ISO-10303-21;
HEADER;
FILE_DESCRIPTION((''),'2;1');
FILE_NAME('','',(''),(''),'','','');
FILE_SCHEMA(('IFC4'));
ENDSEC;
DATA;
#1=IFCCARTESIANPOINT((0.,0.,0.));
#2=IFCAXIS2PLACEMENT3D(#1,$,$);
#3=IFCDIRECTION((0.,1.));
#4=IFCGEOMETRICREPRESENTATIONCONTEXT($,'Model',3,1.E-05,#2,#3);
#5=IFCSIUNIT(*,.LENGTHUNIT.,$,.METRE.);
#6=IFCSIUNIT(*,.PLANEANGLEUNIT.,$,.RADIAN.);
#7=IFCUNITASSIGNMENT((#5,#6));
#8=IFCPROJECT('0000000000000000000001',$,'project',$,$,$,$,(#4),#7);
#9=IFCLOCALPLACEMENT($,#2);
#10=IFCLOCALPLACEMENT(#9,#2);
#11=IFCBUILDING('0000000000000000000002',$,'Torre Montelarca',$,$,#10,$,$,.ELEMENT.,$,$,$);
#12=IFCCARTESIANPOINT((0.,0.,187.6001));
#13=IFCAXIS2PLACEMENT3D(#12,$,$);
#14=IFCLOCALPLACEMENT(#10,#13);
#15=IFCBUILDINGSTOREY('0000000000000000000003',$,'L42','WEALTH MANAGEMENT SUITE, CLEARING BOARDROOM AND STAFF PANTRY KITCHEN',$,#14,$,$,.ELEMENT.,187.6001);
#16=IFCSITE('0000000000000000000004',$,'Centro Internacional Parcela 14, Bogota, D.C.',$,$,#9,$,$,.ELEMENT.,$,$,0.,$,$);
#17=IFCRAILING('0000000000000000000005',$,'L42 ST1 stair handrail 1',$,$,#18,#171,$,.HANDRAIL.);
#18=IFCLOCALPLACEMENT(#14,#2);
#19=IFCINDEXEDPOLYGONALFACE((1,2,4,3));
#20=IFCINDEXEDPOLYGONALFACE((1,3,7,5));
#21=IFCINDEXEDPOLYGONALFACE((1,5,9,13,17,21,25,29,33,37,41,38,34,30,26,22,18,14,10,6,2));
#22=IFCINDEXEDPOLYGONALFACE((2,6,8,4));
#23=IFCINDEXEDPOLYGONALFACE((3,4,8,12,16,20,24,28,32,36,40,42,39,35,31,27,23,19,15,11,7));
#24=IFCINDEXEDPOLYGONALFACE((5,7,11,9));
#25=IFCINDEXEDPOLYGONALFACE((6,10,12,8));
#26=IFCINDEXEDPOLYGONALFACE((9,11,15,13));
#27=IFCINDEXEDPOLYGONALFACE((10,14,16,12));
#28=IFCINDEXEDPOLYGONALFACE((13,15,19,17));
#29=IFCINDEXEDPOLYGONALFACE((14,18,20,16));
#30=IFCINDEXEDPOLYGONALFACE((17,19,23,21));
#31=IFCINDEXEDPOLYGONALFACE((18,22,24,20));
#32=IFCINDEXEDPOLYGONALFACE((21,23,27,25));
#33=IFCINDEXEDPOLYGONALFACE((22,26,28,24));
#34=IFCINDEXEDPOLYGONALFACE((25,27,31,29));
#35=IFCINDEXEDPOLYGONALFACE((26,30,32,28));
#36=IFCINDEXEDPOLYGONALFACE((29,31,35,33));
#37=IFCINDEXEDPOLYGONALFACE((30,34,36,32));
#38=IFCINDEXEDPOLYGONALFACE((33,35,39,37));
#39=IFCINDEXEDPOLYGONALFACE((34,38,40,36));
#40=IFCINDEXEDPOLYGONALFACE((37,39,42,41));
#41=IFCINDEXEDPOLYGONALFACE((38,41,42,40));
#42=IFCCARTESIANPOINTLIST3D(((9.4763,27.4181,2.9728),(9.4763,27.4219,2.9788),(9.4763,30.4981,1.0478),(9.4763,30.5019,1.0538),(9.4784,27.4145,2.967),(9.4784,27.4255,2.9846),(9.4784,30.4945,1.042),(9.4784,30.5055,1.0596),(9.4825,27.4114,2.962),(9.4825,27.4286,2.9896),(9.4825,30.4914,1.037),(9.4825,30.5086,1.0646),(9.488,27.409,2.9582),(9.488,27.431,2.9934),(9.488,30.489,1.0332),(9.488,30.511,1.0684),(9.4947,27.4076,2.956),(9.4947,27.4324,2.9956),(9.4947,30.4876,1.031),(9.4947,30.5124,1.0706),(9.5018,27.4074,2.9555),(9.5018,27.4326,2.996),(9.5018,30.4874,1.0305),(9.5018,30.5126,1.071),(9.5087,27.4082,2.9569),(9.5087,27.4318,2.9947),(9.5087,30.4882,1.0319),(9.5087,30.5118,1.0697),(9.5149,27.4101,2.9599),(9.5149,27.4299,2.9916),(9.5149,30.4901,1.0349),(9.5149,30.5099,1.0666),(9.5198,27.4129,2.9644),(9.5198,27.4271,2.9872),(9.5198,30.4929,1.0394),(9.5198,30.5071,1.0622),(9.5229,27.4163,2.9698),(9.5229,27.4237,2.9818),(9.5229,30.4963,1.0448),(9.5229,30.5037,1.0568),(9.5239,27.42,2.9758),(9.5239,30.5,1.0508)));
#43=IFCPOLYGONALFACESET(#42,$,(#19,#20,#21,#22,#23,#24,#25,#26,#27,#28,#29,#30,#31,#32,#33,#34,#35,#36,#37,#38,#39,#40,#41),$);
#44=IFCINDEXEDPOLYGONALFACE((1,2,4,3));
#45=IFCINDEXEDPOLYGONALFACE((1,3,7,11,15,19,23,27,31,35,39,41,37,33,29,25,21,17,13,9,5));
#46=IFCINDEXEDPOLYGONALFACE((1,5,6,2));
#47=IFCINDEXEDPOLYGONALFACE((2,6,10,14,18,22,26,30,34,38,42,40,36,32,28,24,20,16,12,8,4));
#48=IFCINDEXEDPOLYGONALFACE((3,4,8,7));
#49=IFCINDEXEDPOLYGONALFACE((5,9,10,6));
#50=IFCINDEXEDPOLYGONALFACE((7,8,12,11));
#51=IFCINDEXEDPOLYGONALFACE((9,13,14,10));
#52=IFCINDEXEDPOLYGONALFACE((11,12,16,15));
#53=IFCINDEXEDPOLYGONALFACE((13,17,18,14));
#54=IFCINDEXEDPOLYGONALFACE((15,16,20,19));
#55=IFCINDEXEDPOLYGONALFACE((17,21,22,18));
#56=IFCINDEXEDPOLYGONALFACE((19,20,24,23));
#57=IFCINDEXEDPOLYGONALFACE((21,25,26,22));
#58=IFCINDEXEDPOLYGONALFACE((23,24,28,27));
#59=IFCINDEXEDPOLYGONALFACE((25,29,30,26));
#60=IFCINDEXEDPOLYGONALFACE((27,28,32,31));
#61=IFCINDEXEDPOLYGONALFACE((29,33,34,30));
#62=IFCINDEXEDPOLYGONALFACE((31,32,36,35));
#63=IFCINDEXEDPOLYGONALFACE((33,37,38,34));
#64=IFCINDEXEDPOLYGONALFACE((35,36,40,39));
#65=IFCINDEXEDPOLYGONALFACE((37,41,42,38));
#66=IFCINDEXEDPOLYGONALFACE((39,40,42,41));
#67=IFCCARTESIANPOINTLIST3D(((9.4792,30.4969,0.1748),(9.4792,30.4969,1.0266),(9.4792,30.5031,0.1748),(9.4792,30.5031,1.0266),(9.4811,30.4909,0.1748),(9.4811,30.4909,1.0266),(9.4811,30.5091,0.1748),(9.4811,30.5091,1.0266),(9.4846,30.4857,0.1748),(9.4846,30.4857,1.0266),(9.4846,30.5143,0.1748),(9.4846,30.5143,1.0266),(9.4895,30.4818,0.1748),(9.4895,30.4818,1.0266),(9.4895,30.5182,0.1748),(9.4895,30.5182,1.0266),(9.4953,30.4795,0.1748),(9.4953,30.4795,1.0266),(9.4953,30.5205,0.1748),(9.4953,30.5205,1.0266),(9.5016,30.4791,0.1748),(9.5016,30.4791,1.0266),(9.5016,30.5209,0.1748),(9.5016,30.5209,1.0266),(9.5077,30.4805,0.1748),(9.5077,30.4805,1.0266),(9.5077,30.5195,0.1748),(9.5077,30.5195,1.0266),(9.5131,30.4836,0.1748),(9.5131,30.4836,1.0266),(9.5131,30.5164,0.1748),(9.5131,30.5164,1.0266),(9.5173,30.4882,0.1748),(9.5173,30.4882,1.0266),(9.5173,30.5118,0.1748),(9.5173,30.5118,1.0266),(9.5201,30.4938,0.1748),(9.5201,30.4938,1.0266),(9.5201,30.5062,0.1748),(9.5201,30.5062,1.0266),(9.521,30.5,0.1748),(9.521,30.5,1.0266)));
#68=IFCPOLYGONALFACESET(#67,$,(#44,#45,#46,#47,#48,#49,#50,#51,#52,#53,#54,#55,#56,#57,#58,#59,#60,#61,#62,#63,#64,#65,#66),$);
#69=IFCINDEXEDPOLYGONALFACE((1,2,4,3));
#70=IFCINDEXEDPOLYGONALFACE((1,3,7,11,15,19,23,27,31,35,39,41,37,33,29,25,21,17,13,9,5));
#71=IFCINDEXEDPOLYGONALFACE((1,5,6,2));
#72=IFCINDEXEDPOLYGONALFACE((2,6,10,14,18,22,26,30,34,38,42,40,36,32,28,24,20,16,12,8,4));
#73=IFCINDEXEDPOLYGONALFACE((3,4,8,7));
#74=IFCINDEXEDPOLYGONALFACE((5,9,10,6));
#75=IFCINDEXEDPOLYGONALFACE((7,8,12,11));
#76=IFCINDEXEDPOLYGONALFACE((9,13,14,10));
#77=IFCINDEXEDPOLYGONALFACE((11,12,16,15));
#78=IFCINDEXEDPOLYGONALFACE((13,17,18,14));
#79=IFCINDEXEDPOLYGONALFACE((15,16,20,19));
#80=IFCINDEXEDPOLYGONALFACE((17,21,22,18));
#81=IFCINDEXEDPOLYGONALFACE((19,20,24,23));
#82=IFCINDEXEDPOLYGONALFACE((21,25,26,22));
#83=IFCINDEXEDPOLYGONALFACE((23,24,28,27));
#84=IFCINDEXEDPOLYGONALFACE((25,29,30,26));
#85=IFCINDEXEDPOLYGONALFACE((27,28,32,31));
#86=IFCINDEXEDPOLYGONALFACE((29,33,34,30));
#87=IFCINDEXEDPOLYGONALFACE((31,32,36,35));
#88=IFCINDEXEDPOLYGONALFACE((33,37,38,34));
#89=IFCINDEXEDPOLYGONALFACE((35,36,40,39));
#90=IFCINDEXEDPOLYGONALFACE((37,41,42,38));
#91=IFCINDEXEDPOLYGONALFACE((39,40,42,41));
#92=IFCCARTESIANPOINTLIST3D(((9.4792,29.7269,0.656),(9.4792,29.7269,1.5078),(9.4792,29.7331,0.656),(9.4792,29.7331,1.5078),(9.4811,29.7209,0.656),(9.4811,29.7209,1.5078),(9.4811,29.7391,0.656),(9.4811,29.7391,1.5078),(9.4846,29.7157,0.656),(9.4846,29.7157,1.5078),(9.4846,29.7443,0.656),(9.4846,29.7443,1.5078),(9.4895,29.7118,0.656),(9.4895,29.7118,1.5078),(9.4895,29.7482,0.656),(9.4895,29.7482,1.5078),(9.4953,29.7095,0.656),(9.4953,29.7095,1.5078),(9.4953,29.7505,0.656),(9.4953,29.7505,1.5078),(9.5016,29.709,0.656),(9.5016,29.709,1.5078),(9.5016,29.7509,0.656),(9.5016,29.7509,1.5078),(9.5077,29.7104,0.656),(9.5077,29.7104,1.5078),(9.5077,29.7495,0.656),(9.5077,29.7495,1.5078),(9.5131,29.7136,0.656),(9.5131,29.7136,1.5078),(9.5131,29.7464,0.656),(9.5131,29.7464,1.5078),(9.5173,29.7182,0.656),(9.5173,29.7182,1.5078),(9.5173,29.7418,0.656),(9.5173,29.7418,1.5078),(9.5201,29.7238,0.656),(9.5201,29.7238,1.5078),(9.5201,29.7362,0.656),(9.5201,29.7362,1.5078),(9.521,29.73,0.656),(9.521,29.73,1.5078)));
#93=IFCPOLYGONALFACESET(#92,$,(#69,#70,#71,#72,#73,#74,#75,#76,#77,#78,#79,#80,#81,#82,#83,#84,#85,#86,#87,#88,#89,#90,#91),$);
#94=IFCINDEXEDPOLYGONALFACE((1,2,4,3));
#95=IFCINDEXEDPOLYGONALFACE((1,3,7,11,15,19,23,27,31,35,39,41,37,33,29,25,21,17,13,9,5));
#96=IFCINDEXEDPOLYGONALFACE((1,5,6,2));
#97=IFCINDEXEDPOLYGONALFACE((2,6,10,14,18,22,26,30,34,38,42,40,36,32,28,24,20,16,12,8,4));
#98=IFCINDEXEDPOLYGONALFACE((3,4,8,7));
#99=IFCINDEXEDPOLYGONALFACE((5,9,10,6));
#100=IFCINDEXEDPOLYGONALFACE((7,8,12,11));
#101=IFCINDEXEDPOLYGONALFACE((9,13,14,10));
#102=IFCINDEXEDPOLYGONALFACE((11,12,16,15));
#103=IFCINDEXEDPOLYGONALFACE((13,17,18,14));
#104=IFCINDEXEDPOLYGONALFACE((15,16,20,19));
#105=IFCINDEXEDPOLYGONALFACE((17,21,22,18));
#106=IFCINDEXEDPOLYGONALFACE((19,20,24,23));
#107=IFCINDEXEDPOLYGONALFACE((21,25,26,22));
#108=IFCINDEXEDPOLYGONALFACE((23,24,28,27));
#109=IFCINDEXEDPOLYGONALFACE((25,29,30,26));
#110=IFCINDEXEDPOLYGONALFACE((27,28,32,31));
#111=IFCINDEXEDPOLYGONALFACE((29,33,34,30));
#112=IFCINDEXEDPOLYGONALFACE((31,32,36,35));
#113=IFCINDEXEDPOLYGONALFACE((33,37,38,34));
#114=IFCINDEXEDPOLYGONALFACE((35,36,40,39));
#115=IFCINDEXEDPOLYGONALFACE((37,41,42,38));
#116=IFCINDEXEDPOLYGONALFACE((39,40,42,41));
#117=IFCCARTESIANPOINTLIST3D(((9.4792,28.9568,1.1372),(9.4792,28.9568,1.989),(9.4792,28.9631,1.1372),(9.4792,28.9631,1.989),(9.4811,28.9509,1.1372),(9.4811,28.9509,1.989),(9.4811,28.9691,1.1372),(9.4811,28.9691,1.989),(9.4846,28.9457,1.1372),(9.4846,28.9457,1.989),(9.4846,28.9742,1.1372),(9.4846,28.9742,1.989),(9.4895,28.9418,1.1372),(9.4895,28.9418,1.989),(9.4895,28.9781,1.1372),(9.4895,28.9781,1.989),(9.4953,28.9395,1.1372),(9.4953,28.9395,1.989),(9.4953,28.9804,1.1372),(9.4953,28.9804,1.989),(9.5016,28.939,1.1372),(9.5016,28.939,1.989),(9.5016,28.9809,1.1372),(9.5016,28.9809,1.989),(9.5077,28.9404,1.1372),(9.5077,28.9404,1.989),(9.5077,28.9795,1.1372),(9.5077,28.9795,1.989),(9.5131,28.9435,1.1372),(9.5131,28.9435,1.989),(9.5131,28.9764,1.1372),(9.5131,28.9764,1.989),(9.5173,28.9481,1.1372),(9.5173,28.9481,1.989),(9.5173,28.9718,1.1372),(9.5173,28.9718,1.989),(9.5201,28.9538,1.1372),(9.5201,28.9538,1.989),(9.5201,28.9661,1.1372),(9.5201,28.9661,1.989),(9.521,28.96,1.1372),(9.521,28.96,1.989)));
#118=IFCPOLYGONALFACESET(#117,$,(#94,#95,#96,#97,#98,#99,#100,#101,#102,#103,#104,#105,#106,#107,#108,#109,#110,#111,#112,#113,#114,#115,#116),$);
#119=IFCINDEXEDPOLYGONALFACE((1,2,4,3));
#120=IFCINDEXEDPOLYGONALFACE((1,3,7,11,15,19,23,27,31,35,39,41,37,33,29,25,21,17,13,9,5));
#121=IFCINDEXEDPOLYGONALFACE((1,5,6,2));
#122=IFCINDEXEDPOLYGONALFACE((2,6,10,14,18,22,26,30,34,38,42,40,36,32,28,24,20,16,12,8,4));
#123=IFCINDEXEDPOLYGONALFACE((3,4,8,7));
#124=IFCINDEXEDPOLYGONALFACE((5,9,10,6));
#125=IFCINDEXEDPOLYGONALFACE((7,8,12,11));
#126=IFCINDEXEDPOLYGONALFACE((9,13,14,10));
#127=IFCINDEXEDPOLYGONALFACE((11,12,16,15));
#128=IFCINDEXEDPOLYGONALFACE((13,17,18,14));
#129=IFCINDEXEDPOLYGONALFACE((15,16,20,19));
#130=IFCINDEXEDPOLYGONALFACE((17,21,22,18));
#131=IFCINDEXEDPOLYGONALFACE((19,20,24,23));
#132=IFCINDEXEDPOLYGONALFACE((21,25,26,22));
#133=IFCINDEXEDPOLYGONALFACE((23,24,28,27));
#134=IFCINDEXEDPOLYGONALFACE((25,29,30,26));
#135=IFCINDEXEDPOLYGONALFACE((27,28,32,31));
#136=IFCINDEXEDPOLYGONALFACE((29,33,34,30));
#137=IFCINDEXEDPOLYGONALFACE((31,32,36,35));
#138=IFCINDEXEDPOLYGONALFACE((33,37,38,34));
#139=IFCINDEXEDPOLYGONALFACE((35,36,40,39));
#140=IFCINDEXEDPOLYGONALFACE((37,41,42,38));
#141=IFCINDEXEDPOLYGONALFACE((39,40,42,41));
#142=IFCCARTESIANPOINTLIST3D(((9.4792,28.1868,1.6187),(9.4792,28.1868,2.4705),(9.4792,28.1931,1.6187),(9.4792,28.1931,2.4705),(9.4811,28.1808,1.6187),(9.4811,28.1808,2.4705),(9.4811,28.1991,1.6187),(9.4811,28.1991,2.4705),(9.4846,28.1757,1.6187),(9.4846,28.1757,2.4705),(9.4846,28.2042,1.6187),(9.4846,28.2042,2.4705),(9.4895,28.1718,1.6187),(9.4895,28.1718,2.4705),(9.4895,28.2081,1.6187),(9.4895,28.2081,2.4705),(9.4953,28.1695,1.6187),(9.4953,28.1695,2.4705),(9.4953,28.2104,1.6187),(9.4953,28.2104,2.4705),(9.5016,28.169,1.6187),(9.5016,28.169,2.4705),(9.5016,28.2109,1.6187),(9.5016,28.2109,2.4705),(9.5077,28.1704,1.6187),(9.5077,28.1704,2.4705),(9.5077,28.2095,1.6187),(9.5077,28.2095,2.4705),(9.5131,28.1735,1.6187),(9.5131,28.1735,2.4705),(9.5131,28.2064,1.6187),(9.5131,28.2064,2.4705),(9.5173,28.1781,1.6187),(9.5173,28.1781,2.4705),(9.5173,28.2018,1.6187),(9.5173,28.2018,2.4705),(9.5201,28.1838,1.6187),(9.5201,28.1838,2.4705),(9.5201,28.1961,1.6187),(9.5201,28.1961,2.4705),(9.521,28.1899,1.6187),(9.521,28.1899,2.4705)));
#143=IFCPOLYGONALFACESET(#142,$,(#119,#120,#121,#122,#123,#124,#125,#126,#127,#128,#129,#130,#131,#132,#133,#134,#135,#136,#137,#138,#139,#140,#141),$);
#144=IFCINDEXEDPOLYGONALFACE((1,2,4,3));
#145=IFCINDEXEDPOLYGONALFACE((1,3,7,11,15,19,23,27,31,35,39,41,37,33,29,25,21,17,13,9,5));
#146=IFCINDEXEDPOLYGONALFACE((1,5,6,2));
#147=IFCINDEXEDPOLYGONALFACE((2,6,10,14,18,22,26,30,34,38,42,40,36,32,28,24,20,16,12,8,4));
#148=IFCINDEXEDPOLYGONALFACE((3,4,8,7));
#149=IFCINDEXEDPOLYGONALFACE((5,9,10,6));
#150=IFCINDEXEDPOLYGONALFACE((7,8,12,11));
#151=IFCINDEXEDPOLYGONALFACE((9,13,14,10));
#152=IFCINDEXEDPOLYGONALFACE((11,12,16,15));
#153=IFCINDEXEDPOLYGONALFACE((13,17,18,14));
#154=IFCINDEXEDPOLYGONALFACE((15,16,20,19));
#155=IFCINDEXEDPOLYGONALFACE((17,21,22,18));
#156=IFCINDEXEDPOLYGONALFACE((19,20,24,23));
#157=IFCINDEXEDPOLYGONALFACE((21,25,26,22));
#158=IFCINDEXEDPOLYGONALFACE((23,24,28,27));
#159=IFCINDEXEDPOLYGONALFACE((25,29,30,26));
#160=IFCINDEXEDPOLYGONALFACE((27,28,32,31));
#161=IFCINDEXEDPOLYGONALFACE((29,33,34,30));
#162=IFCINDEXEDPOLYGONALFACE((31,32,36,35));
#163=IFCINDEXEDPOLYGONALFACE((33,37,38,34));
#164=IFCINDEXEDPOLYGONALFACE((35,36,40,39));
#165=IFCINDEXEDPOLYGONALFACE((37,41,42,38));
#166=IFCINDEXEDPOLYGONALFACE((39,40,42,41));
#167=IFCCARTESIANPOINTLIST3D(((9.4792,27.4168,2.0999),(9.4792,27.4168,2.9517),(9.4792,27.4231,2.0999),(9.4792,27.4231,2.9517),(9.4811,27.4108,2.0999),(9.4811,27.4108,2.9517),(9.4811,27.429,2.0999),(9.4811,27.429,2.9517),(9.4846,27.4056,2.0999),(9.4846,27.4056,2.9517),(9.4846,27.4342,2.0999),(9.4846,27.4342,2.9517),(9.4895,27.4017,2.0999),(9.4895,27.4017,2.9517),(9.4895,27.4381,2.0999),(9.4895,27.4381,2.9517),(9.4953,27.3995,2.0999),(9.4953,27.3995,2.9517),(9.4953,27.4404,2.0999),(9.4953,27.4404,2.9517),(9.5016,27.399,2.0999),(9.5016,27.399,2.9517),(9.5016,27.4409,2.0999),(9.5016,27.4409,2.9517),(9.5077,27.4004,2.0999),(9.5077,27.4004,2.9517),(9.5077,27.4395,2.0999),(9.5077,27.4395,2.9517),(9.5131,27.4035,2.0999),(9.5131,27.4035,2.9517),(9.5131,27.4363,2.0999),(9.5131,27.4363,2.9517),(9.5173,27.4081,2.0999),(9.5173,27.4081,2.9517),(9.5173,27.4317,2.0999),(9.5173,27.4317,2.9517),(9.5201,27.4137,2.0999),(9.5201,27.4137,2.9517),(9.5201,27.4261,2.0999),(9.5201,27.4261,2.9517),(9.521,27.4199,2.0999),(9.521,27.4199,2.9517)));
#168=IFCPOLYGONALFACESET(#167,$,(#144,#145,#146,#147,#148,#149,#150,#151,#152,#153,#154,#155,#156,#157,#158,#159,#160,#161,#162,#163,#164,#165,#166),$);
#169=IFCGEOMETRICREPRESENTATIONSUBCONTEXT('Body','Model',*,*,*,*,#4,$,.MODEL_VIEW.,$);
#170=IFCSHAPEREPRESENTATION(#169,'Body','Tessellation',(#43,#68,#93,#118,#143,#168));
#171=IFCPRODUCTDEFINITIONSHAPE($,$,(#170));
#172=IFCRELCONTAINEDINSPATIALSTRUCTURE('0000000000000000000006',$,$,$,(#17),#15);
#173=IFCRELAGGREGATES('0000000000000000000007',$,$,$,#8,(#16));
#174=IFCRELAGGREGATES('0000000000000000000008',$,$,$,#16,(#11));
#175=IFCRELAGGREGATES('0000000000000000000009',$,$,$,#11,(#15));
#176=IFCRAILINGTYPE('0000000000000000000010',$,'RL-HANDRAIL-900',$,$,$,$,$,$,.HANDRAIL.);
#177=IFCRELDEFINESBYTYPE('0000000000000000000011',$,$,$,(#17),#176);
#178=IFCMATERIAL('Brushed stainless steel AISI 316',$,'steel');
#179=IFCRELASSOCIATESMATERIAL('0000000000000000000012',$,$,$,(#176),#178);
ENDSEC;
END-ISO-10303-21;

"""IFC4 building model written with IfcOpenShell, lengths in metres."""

from ifc_helpers import new_model, si_unit, direction, frame, origin, origin_2d, place, context, subcontext, project, spatial, circle, extrude, material, type_object, element, save


model = new_model("IFC4")

# Units and contexts
model_context = context("Model", 3, precision=1e-05, world=origin(), true_north=direction((0.0, 1.0)))
body_context = subcontext(model_context, "Body", "Model", "MODEL_VIEW")
ifc_project = project(units=[si_unit("LENGTHUNIT", "METRE"), si_unit("PLANEANGLEUNIT", "RADIAN")], contexts=[model_context])

# Site, building, storey
site_placement = place(None, origin())
site = spatial("IfcSite", under=ifc_project, at=site_placement, Name="Centro Internacional Parcela 14, Bogota, D.C.", CompositionType="ELEMENT", RefElevation=0.0)
building_placement = place(site_placement, origin())
building = spatial("IfcBuilding", under=site, at=building_placement, Name="Torre Montelarca", CompositionType="ELEMENT")
storey_placement = place(building_placement, frame((0.0, 0.0, 187.6001)))
storey = spatial("IfcBuildingStorey", under=building, at=storey_placement, Name="L42", Description="WEALTH MANAGEMENT SUITE, CLEARING BOARDROOM AND STAFF PANTRY KITCHEN", CompositionType="ELEMENT", Elevation=187.6001)

# Shared definitions
ifc_material_1 = material(Name="Brushed stainless steel AISI 316", Category="steel")

# Railing
railing_type_1 = type_object("IfcRailingType", Name="RL-HANDRAIL-900", PredefinedType="HANDRAIL", material=ifc_material_1)
railing_1_placement = place(storey_placement, frame((9.5, 30.5, 0.1748)))
element("IfcRailing", 1, at=railing_1_placement, inside=storey, type_object=railing_type_1, Name="L42 ST1 stair handrail 1", PredefinedType="HANDRAIL", context=body_context, shape_type="SweptSolid", body=[
    extrude(circle(Radius=0.0239, at=origin_2d()), frame((0.0, 0.0, 0.876), z_axis=(0.0, -0.847998, 0.529999), x_axis=(1.0, 0.0, 0.0)), (0.0, 0.0, 1.0), 3.6321),
    extrude(circle(Radius=0.021, at=origin_2d()), origin(), (0.0, 0.0, 1.0), 0.8518),
    extrude(circle(Radius=0.021, at=origin_2d()), frame((0.0, -0.77, 0.4812)), (0.0, 0.0, 1.0), 0.8518),
    extrude(circle(Radius=0.021, at=origin_2d()), frame((0.0, -1.54, 0.9624)), (0.0, 0.0, 1.0), 0.8518),
    extrude(circle(Radius=0.021, at=origin_2d()), frame((0.0, -2.3101, 1.4438)), (0.0, 0.0, 1.0), 0.8518),
    extrude(circle(Radius=0.021, at=origin_2d()), frame((0.0, -3.0801, 1.925)), (0.0, 0.0, 1.0), 0.8518),
])

save(model, "model.ifc")
